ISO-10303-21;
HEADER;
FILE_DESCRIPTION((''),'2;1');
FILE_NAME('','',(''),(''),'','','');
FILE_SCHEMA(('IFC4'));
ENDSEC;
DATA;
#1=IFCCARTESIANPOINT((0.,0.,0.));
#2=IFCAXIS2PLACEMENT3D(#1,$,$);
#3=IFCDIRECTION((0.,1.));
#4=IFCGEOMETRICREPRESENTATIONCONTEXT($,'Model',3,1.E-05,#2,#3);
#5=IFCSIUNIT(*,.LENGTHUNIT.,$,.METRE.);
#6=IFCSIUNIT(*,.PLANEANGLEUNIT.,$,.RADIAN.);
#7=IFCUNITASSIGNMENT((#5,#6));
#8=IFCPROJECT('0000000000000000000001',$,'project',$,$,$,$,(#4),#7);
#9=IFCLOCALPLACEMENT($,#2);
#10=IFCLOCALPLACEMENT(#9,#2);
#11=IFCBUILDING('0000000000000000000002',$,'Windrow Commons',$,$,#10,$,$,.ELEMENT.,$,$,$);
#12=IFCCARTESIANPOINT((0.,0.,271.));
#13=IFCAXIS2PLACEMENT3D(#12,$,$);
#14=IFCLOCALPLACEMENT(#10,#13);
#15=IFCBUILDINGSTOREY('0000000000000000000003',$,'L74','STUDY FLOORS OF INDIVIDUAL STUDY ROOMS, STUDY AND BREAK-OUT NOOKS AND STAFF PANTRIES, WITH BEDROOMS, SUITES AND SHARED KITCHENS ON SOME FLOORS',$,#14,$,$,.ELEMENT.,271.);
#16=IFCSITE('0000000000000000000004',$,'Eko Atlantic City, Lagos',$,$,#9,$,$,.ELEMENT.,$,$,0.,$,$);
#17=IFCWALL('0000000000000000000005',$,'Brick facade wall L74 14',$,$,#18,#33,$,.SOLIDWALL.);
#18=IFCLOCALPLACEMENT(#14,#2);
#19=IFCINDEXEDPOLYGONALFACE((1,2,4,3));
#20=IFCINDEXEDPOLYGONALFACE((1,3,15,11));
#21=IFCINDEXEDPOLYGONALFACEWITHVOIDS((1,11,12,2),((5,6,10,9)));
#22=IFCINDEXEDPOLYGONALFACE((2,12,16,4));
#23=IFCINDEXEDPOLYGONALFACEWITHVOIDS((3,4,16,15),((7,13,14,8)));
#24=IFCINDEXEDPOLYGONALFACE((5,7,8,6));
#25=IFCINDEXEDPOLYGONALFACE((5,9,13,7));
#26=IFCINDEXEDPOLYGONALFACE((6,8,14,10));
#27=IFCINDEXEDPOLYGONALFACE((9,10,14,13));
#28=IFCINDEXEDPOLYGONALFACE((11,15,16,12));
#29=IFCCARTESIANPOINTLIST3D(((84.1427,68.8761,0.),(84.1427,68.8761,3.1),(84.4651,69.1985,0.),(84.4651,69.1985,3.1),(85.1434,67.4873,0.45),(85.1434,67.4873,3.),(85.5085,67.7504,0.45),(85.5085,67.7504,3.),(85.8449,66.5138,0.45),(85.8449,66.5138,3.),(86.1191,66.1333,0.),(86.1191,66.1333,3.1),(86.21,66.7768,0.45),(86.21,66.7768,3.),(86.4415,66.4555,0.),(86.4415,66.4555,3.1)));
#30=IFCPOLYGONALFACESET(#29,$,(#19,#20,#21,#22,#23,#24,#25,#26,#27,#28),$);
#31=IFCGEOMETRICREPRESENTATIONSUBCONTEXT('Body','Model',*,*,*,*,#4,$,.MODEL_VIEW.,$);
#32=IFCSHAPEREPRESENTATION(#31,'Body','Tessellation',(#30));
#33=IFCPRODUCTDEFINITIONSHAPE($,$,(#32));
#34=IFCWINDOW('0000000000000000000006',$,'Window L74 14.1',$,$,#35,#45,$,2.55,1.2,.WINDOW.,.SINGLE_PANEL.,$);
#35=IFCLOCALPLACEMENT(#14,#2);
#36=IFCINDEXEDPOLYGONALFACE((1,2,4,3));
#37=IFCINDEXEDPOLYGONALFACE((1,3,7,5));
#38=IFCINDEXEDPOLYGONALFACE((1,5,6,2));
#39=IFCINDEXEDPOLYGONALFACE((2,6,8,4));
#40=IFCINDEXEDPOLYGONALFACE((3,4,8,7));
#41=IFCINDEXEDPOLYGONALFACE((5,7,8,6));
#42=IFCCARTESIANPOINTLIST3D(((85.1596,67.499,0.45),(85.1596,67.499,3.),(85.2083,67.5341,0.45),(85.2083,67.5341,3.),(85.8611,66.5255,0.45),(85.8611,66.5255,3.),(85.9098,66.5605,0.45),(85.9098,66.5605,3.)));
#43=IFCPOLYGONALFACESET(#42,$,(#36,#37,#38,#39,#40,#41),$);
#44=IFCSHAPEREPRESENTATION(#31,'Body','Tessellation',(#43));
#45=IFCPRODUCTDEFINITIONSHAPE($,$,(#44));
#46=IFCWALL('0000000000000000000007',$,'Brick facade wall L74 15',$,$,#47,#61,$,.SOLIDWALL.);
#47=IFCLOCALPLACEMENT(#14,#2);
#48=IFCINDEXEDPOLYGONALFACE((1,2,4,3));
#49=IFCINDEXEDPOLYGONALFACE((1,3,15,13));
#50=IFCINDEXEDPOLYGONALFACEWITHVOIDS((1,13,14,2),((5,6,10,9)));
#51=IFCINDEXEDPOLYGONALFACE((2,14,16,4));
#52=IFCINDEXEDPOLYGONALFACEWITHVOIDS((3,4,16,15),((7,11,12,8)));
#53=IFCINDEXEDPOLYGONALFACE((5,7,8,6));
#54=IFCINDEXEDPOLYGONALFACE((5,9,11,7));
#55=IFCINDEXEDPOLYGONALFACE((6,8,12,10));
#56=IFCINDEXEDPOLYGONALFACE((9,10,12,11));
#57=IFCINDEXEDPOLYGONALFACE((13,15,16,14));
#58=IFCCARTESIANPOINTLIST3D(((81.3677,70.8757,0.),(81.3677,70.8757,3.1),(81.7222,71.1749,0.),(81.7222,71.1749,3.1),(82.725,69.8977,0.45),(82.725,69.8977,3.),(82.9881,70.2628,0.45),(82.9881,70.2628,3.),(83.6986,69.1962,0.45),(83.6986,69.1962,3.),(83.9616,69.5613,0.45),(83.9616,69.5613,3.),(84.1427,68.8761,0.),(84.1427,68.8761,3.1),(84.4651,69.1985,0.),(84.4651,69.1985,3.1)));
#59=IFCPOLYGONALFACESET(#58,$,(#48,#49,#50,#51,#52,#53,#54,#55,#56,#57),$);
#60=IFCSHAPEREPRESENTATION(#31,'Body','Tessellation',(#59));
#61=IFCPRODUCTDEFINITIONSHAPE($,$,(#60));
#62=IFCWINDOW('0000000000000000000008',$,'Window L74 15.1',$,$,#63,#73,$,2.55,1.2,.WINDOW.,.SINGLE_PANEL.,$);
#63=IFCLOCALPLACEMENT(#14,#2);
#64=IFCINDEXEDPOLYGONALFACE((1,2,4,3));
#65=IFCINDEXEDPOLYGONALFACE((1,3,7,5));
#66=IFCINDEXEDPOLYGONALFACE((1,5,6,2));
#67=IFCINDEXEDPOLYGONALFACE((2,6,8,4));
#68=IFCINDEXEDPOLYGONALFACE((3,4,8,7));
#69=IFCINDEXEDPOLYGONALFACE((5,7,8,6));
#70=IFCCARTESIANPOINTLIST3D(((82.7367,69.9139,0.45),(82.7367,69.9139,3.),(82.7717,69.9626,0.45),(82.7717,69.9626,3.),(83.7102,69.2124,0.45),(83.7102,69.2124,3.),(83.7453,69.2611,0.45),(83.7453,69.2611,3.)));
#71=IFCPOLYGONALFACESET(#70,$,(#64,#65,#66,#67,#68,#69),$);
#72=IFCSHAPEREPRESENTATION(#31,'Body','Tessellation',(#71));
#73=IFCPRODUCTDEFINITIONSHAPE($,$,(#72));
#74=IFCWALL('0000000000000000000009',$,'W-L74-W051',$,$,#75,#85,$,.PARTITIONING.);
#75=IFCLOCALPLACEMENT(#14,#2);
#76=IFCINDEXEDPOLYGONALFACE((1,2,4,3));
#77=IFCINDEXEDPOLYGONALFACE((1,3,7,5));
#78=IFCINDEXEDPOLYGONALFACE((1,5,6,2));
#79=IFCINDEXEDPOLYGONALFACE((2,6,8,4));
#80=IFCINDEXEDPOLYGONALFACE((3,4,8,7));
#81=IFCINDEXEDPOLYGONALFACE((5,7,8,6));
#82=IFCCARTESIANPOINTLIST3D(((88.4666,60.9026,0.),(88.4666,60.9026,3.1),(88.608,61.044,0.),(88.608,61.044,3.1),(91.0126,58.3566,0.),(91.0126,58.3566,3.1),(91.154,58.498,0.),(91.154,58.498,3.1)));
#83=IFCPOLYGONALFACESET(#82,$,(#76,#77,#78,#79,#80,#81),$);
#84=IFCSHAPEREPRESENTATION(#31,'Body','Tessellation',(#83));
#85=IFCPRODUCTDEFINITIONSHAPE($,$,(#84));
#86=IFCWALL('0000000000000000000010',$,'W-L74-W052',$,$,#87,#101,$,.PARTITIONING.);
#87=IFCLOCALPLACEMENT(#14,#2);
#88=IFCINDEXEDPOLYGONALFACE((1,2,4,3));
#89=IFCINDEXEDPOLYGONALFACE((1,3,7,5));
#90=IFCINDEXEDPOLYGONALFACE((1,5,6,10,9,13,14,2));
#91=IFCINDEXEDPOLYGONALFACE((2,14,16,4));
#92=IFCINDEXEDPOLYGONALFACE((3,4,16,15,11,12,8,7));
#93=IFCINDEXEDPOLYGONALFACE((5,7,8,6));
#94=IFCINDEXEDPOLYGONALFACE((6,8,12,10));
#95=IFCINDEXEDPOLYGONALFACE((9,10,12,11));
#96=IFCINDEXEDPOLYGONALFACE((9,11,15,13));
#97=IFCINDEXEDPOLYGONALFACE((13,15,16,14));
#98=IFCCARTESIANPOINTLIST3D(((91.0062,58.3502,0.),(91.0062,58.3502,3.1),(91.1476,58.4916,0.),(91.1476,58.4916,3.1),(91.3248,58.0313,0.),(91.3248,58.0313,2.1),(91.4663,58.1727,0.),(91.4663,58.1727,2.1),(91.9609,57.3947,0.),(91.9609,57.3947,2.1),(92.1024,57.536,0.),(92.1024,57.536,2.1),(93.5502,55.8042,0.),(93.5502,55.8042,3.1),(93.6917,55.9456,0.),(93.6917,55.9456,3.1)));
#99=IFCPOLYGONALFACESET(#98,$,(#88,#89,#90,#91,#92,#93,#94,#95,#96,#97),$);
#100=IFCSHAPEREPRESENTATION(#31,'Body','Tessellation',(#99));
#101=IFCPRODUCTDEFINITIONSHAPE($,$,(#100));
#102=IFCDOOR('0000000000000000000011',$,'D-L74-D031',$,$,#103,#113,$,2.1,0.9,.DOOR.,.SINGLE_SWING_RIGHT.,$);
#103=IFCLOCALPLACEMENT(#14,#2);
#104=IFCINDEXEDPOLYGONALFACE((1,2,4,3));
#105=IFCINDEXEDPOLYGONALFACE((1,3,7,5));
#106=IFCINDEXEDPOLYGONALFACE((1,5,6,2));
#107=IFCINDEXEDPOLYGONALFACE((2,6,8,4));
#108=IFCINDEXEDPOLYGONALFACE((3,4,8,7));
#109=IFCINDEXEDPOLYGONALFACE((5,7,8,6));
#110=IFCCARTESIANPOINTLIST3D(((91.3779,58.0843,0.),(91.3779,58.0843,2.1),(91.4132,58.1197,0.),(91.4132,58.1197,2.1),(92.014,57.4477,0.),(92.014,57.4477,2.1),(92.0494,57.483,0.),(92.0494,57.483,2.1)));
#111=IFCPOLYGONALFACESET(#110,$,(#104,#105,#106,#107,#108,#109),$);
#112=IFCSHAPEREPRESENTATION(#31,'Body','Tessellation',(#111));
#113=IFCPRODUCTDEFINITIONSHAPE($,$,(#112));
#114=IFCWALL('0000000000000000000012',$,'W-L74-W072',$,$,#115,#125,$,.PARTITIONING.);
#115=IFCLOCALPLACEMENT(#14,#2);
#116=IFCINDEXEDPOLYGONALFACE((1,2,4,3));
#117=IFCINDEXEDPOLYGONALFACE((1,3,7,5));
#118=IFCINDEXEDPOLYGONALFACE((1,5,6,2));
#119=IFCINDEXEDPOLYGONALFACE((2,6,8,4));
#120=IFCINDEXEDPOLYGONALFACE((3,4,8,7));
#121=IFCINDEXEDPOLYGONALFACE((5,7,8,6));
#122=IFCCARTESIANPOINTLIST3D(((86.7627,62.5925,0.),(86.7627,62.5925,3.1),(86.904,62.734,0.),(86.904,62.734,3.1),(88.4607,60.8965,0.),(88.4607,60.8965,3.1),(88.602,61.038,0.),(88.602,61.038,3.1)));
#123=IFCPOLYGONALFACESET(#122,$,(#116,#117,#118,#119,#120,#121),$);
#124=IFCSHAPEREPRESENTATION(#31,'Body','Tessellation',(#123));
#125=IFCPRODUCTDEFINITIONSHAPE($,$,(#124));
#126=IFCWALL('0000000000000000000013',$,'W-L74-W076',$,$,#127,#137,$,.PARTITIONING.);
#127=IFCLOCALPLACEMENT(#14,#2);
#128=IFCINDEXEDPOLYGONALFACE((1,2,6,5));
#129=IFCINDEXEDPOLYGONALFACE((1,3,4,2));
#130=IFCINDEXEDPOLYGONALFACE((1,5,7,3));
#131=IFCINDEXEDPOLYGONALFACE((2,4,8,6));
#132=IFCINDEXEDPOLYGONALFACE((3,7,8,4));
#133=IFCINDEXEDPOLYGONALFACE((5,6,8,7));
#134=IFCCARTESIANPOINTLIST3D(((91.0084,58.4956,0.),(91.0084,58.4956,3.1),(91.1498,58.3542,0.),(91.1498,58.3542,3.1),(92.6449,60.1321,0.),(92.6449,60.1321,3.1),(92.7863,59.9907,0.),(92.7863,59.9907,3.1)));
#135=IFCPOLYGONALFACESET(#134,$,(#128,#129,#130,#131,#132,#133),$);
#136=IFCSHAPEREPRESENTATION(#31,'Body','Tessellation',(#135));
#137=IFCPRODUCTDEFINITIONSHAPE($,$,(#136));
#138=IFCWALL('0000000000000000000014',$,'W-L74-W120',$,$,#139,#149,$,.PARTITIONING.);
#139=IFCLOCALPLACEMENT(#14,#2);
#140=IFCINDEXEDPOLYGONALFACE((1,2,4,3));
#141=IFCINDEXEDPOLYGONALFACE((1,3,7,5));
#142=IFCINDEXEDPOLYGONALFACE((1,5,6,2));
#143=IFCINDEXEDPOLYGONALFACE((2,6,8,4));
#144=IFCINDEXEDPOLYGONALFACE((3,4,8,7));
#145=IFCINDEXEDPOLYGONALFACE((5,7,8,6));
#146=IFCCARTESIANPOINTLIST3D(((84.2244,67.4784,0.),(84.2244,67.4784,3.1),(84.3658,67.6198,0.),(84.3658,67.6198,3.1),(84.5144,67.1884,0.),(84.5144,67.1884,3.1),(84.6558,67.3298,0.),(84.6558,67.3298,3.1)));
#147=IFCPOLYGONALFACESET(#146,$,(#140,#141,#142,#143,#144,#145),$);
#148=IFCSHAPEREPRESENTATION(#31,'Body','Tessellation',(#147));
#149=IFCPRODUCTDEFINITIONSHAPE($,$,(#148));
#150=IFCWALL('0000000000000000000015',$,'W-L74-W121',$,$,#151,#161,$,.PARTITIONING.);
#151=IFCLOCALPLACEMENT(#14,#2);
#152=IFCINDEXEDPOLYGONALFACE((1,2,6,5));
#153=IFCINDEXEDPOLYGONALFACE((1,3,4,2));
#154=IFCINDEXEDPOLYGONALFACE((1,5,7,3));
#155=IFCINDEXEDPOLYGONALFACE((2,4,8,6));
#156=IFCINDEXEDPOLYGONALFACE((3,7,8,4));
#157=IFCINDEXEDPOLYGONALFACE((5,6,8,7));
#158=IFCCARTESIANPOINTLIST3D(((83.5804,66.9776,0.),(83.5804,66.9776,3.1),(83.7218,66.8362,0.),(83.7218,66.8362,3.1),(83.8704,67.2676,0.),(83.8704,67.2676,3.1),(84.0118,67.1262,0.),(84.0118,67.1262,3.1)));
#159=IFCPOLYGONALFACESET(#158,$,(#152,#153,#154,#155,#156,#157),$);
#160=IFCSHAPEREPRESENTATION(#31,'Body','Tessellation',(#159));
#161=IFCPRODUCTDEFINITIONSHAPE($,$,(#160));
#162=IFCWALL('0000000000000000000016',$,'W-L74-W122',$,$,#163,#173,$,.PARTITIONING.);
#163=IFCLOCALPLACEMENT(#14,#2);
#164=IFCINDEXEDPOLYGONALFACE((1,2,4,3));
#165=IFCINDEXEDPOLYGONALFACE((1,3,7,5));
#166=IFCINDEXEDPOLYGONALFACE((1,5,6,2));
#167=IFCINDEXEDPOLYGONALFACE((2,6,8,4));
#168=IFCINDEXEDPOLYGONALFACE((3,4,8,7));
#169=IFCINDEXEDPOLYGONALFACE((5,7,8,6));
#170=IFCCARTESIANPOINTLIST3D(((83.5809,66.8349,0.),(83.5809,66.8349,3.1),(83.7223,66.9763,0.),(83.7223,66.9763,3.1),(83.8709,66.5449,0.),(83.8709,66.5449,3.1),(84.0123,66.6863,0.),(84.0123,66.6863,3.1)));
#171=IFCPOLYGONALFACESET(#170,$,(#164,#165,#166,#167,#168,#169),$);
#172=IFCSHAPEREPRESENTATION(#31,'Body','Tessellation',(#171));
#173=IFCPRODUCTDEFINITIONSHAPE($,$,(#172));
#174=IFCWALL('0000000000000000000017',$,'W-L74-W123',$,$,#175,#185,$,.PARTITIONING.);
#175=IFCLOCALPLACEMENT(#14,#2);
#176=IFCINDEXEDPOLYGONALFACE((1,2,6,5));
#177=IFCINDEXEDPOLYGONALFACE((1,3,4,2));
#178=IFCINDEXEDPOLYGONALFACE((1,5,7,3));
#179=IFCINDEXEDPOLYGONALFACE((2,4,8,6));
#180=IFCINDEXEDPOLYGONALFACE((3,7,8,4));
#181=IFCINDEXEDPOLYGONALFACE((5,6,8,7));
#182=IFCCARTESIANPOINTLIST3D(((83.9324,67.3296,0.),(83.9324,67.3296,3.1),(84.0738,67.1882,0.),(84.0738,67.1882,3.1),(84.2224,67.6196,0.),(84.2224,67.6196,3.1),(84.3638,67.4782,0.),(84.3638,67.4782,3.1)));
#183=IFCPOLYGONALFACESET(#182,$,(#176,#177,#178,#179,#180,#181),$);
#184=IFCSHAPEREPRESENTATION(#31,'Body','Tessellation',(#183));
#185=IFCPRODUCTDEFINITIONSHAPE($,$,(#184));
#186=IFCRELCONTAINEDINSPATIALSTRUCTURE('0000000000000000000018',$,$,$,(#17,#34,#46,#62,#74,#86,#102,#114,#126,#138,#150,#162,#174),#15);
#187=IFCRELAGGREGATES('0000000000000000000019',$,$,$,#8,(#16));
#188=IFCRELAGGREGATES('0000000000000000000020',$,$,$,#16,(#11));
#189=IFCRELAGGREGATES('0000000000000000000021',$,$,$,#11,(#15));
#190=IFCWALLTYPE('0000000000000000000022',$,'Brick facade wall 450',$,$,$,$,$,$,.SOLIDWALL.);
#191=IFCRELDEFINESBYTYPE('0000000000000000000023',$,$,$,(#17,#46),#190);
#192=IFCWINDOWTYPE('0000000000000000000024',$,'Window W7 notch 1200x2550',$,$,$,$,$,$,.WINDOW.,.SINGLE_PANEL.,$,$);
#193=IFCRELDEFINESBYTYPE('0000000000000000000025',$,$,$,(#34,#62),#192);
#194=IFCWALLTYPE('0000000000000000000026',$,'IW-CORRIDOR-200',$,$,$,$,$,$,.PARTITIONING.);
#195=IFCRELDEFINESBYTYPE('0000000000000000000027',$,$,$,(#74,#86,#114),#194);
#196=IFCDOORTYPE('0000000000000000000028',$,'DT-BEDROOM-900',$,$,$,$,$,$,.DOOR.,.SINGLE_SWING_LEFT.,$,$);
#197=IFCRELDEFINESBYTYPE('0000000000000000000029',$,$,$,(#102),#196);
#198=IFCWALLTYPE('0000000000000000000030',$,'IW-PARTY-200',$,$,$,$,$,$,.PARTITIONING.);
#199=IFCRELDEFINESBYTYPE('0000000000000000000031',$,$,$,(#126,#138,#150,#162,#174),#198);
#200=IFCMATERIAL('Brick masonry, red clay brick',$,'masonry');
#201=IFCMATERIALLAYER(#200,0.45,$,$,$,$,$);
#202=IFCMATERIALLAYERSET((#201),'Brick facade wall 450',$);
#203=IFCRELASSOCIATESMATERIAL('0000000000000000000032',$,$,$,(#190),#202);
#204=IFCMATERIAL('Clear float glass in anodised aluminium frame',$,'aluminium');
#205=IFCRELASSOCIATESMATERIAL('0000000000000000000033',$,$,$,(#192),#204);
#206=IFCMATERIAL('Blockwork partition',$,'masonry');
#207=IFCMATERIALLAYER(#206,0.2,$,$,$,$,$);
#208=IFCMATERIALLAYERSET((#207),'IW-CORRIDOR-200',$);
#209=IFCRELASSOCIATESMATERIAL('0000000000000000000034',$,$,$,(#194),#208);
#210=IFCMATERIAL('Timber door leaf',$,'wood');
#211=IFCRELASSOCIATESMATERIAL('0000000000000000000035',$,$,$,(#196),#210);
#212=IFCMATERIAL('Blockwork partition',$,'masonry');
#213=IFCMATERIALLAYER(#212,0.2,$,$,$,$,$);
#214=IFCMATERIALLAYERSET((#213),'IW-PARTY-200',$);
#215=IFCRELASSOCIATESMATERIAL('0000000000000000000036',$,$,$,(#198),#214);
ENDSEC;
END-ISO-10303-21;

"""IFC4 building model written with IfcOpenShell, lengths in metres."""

from ifc_helpers import new_model, si_unit, direction, frame, frame_2d, origin, place, context, subcontext, project, spatial, polyline, rectangle, outline, extrude, material, layer, layer_set, type_object, element, fill, save


model = new_model("IFC4")

# Units and contexts
model_context = context("Model", 3, precision=1e-05, world=origin(), true_north=direction((0.0, 1.0)))
body_context = subcontext(model_context, "Body", "Model", "MODEL_VIEW")
ifc_project = project(units=[si_unit("LENGTHUNIT", "METRE"), si_unit("PLANEANGLEUNIT", "RADIAN")], contexts=[model_context])

# Site, building, storey
site_placement = place(None, origin())
site = spatial("IfcSite", under=ifc_project, at=site_placement, Name="Eko Atlantic City, Lagos", CompositionType="ELEMENT", RefElevation=0.0)
building_placement = place(site_placement, origin())
building = spatial("IfcBuilding", under=site, at=building_placement, Name="Windrow Commons", CompositionType="ELEMENT")
storey_placement = place(building_placement, frame((0.0, 0.0, 271.0)))
storey = spatial("IfcBuildingStorey", under=building, at=storey_placement, Name="L74", Description="STUDY FLOORS OF INDIVIDUAL STUDY ROOMS, STUDY AND BREAK-OUT NOOKS AND STAFF PANTRIES, WITH BEDROOMS, SUITES AND SHARED KITCHENS ON SOME FLOORS", CompositionType="ELEMENT", Elevation=271.0)

# Walls, openings, windows
ifc_material_1 = material(Name="Brick masonry, red clay brick", Category="masonry")
ifc_layer_1 = layer(ifc_material_1, 0.45)
ifc_layer_set_1 = layer_set([ifc_layer_1], Name="Brick facade wall 450")
wall_type_1 = type_object("IfcWallType", Name="Brick facade wall 450", PredefinedType="SOLIDWALL", material=ifc_layer_set_1)
ifc_material_2 = material(Name="Clear float glass in anodised aluminium frame", Category="aluminium")
window_type = type_object("IfcWindowType", Name="Window W7 notch 1200x2550", PartitioningType="SINGLE_PANEL", PredefinedType="WINDOW", material=ifc_material_2)
wall_1_placement = place(storey_placement, frame((86.2803, 66.2944, 0.0), z_axis=(0.0, 0.0, 1.0), x_axis=(-0.584599, 0.811322, 0.0)))
wall_1 = element("IfcWall", 1, at=wall_1_placement, inside=storey, type_object=wall_type_1, Name="Brick facade wall L74 14", PredefinedType="SOLIDWALL", context=body_context, shape_type="SweptSolid", body=[
    extrude(outline(polyline([(0.0365, -0.225), (3.4173, -0.225), (3.3442, 0.225), (-0.0365, 0.225), (0.0365, -0.225)])), origin(), (0.0, 0.0, 1.0), 3.1),
])
opening_1_placement = place(wall_1_placement, frame((0.4325, 0.0, 0.45)))
opening_1 = element("IfcOpeningElement", 2, at=opening_1_placement, cuts=wall_1, PredefinedType="OPENING", context=body_context, shape_type="SweptSolid", body=[
    extrude(rectangle(XDim=1.2, YDim=2.55, at=frame_2d((0.6, 1.275))), frame((0.0, 0.235, 0.0), z_axis=(0.0, -1.0, 0.0), x_axis=(1.0, 0.0, 0.0)), (0.0, 0.0, 1.0), 0.47),
])
window_1_placement = place(opening_1_placement, origin())
window_1 = element("IfcWindow", 3, at=window_1_placement, inside=storey, type_object=window_type, Name="Window L74 14.1", OverallHeight=2.55, OverallWidth=1.2, PartitioningType="SINGLE_PANEL", PredefinedType="WINDOW", context=body_context, shape_type="SweptSolid", body=[
    extrude(rectangle(XDim=1.2, YDim=2.55, at=frame_2d((0.6, 1.275))), frame((0.0, 0.205, 0.0), z_axis=(0.0, -1.0, 0.0), x_axis=(1.0, 0.0, 0.0)), (0.0, 0.0, 1.0), 0.06),
])
fill(opening_1, window_1)
wall_2_placement = place(storey_placement, frame((84.3039, 69.0373, 0.0), z_axis=(0.0, 0.0, 1.0), x_axis=(-0.811312, 0.584613, 0.0)))
wall_2 = element("IfcWall", 4, at=wall_2_placement, inside=storey, type_object=wall_type_1, Name="Brick facade wall L74 15", PredefinedType="SOLIDWALL", context=body_context, shape_type="SweptSolid", body=[
    extrude(outline(polyline([(-0.0365, -0.225), (3.3442, -0.225), (3.4569, 0.225), (0.0365, 0.225), (-0.0365, -0.225)])), origin(), (0.0, 0.0, 1.0), 3.1),
])
opening_2_placement = place(wall_2_placement, frame((0.584, 0.0, 0.45)))
opening_2 = element("IfcOpeningElement", 5, at=opening_2_placement, cuts=wall_2, PredefinedType="OPENING", context=body_context, shape_type="SweptSolid", body=[
    extrude(rectangle(XDim=1.2, YDim=2.55, at=frame_2d((0.6, 1.275))), frame((0.0, 0.235, 0.0), z_axis=(0.0, -1.0, 0.0), x_axis=(1.0, 0.0, 0.0)), (0.0, 0.0, 1.0), 0.47),
])
window_2_placement = place(opening_2_placement, origin())
window_2 = element("IfcWindow", 6, at=window_2_placement, inside=storey, type_object=window_type, Name="Window L74 15.1", OverallHeight=2.55, OverallWidth=1.2, PartitioningType="SINGLE_PANEL", PredefinedType="WINDOW", context=body_context, shape_type="SweptSolid", body=[
    extrude(rectangle(XDim=1.2, YDim=2.55, at=frame_2d((0.6, 1.275))), frame((0.0, 0.205, 0.0), z_axis=(0.0, -1.0, 0.0), x_axis=(1.0, 0.0, 0.0)), (0.0, 0.0, 1.0), 0.06),
])
fill(opening_2, window_2)

# Wall
ifc_material_3 = material(Name="Blockwork partition", Category="masonry")
ifc_layer_2 = layer(ifc_material_3, 0.2)
ifc_layer_set_2 = layer_set([ifc_layer_2], Name="IW-CORRIDOR-200")
wall_type_2 = type_object("IfcWallType", Name="IW-CORRIDOR-200", PredefinedType="PARTITIONING", material=ifc_layer_set_2)
wall_3_placement = place(storey_placement, frame((88.5373, 60.9733, 0.0), z_axis=(0.0, 0.0, 1.0), x_axis=(0.707107, -0.707107, 0.0)))
element("IfcWall", 7, at=wall_3_placement, inside=storey, type_object=wall_type_2, Name="W-L74-W051", PredefinedType="PARTITIONING", context=body_context, shape_type="SweptSolid", body=[
    extrude(rectangle(XDim=3.6006, YDim=0.2, at=frame_2d((1.8003, 0.0))), origin(), (0.0, 0.0, 1.0), 3.1),
])

# Wall, opening, door
wall_4_placement = place(storey_placement, frame((91.0769, 58.4209, 0.0), z_axis=(0.0, 0.0, 1.0), x_axis=(0.706829, -0.707385, 0.0)))
wall_4 = element("IfcWall", 8, at=wall_4_placement, inside=storey, type_object=wall_type_2, Name="W-L74-W052", PredefinedType="PARTITIONING", context=body_context, shape_type="SweptSolid", body=[
    extrude(rectangle(XDim=3.5992, YDim=0.2, at=frame_2d((1.7996, 0.0))), origin(), (0.0, 0.0, 1.0), 3.1),
])
opening_3_placement = place(wall_4_placement, frame((0.4508, 0.0, 0.0)))
opening_3 = element("IfcOpeningElement", 9, at=opening_3_placement, cuts=wall_4, PredefinedType="OPENING", context=body_context, shape_type="SweptSolid", body=[
    extrude(rectangle(XDim=0.9, YDim=2.1, at=frame_2d((0.45, 1.05))), frame((0.0, 0.11, 0.0), z_axis=(0.0, -1.0, 0.0), x_axis=(1.0, 0.0, 0.0)), (0.0, 0.0, 1.0), 0.22),
])
ifc_material_4 = material(Name="Timber door leaf", Category="wood")
door_type_1 = type_object("IfcDoorType", Name="DT-BEDROOM-900", OperationType="SINGLE_SWING_LEFT", PredefinedType="DOOR", material=ifc_material_4)
door_1_placement = place(opening_3_placement, origin())
door_1 = element("IfcDoor", 10, at=door_1_placement, inside=storey, type_object=door_type_1, Name="D-L74-D031", OperationType="SINGLE_SWING_RIGHT", OverallHeight=2.1, OverallWidth=0.9, PredefinedType="DOOR", context=body_context, shape_type="SweptSolid", body=[
    extrude(rectangle(XDim=0.9, YDim=2.1, at=frame_2d((0.45, 1.05))), frame((0.0, 0.025, 0.0), z_axis=(0.0, -1.0, 0.0), x_axis=(1.0, 0.0, 0.0)), (0.0, 0.0, 1.0), 0.05),
])
fill(opening_3, door_1)

# Walls
wall_5_placement = place(storey_placement, frame((86.8333, 62.6633, 0.0), z_axis=(0.0, 0.0, 1.0), x_axis=(0.707523, -0.70669, 0.0)))
element("IfcWall", 11, at=wall_5_placement, inside=storey, type_object=wall_type_2, Name="W-L74-W072", PredefinedType="PARTITIONING", context=body_context, shape_type="SweptSolid", body=[
    extrude(rectangle(XDim=2.3999, YDim=0.2, at=frame_2d((1.2, 0.0))), origin(), (0.0, 0.0, 1.0), 3.1),
])
ifc_material_5 = material(Name="Blockwork partition", Category="masonry")
ifc_layer_3 = layer(ifc_material_5, 0.2)
ifc_layer_set_3 = layer_set([ifc_layer_3], Name="IW-PARTY-200")
wall_type_3 = type_object("IfcWallType", Name="IW-PARTY-200", PredefinedType="PARTITIONING", material=ifc_layer_set_3)
wall_6_placement = place(storey_placement, frame((91.0791, 58.4249, 0.0), z_axis=(0.0, 0.0, 1.0), x_axis=(0.707107, 0.707107, 0.0)))
element("IfcWall", 12, at=wall_6_placement, inside=storey, type_object=wall_type_3, Name="W-L74-W076", PredefinedType="PARTITIONING", context=body_context, shape_type="SweptSolid", body=[
    extrude(rectangle(XDim=2.3144, YDim=0.2, at=frame_2d((1.1572, 0.0))), origin(), (0.0, 0.0, 1.0), 3.1),
])
for number, where, z_axis, x_axis, name in (
    (13, (84.2951, 67.5491, 0.0), (0.0, 0.0, 1.0), (0.707107, -0.707107, 0.0), "W-L74-W120"),
    (14, (83.6511, 66.9069, 0.0), (0.0, 0.0, 1.0), (0.707107, 0.707107, 0.0), "W-L74-W121"),
    (15, (83.6516, 66.9056, 0.0), (0.0, 0.0, 1.0), (0.707107, -0.707107, 0.0), "W-L74-W122"),
    (16, (84.0031, 67.2589, 0.0), (0.0, 0.0, 1.0), (0.707107, 0.707107, 0.0), "W-L74-W123"),
):
    element("IfcWall", number, at=place(storey_placement, frame(where, z_axis=z_axis, x_axis=x_axis)), inside=storey, type_object=wall_type_3, Name=name, PredefinedType="PARTITIONING", context=body_context, shape_type="SweptSolid", body=[
        extrude(rectangle(XDim=0.4101, YDim=0.2, at=frame_2d((0.2051, 0.0))), origin(), (0.0, 0.0, 1.0), 3.1),
    ])

save(model, "model.ifc")
